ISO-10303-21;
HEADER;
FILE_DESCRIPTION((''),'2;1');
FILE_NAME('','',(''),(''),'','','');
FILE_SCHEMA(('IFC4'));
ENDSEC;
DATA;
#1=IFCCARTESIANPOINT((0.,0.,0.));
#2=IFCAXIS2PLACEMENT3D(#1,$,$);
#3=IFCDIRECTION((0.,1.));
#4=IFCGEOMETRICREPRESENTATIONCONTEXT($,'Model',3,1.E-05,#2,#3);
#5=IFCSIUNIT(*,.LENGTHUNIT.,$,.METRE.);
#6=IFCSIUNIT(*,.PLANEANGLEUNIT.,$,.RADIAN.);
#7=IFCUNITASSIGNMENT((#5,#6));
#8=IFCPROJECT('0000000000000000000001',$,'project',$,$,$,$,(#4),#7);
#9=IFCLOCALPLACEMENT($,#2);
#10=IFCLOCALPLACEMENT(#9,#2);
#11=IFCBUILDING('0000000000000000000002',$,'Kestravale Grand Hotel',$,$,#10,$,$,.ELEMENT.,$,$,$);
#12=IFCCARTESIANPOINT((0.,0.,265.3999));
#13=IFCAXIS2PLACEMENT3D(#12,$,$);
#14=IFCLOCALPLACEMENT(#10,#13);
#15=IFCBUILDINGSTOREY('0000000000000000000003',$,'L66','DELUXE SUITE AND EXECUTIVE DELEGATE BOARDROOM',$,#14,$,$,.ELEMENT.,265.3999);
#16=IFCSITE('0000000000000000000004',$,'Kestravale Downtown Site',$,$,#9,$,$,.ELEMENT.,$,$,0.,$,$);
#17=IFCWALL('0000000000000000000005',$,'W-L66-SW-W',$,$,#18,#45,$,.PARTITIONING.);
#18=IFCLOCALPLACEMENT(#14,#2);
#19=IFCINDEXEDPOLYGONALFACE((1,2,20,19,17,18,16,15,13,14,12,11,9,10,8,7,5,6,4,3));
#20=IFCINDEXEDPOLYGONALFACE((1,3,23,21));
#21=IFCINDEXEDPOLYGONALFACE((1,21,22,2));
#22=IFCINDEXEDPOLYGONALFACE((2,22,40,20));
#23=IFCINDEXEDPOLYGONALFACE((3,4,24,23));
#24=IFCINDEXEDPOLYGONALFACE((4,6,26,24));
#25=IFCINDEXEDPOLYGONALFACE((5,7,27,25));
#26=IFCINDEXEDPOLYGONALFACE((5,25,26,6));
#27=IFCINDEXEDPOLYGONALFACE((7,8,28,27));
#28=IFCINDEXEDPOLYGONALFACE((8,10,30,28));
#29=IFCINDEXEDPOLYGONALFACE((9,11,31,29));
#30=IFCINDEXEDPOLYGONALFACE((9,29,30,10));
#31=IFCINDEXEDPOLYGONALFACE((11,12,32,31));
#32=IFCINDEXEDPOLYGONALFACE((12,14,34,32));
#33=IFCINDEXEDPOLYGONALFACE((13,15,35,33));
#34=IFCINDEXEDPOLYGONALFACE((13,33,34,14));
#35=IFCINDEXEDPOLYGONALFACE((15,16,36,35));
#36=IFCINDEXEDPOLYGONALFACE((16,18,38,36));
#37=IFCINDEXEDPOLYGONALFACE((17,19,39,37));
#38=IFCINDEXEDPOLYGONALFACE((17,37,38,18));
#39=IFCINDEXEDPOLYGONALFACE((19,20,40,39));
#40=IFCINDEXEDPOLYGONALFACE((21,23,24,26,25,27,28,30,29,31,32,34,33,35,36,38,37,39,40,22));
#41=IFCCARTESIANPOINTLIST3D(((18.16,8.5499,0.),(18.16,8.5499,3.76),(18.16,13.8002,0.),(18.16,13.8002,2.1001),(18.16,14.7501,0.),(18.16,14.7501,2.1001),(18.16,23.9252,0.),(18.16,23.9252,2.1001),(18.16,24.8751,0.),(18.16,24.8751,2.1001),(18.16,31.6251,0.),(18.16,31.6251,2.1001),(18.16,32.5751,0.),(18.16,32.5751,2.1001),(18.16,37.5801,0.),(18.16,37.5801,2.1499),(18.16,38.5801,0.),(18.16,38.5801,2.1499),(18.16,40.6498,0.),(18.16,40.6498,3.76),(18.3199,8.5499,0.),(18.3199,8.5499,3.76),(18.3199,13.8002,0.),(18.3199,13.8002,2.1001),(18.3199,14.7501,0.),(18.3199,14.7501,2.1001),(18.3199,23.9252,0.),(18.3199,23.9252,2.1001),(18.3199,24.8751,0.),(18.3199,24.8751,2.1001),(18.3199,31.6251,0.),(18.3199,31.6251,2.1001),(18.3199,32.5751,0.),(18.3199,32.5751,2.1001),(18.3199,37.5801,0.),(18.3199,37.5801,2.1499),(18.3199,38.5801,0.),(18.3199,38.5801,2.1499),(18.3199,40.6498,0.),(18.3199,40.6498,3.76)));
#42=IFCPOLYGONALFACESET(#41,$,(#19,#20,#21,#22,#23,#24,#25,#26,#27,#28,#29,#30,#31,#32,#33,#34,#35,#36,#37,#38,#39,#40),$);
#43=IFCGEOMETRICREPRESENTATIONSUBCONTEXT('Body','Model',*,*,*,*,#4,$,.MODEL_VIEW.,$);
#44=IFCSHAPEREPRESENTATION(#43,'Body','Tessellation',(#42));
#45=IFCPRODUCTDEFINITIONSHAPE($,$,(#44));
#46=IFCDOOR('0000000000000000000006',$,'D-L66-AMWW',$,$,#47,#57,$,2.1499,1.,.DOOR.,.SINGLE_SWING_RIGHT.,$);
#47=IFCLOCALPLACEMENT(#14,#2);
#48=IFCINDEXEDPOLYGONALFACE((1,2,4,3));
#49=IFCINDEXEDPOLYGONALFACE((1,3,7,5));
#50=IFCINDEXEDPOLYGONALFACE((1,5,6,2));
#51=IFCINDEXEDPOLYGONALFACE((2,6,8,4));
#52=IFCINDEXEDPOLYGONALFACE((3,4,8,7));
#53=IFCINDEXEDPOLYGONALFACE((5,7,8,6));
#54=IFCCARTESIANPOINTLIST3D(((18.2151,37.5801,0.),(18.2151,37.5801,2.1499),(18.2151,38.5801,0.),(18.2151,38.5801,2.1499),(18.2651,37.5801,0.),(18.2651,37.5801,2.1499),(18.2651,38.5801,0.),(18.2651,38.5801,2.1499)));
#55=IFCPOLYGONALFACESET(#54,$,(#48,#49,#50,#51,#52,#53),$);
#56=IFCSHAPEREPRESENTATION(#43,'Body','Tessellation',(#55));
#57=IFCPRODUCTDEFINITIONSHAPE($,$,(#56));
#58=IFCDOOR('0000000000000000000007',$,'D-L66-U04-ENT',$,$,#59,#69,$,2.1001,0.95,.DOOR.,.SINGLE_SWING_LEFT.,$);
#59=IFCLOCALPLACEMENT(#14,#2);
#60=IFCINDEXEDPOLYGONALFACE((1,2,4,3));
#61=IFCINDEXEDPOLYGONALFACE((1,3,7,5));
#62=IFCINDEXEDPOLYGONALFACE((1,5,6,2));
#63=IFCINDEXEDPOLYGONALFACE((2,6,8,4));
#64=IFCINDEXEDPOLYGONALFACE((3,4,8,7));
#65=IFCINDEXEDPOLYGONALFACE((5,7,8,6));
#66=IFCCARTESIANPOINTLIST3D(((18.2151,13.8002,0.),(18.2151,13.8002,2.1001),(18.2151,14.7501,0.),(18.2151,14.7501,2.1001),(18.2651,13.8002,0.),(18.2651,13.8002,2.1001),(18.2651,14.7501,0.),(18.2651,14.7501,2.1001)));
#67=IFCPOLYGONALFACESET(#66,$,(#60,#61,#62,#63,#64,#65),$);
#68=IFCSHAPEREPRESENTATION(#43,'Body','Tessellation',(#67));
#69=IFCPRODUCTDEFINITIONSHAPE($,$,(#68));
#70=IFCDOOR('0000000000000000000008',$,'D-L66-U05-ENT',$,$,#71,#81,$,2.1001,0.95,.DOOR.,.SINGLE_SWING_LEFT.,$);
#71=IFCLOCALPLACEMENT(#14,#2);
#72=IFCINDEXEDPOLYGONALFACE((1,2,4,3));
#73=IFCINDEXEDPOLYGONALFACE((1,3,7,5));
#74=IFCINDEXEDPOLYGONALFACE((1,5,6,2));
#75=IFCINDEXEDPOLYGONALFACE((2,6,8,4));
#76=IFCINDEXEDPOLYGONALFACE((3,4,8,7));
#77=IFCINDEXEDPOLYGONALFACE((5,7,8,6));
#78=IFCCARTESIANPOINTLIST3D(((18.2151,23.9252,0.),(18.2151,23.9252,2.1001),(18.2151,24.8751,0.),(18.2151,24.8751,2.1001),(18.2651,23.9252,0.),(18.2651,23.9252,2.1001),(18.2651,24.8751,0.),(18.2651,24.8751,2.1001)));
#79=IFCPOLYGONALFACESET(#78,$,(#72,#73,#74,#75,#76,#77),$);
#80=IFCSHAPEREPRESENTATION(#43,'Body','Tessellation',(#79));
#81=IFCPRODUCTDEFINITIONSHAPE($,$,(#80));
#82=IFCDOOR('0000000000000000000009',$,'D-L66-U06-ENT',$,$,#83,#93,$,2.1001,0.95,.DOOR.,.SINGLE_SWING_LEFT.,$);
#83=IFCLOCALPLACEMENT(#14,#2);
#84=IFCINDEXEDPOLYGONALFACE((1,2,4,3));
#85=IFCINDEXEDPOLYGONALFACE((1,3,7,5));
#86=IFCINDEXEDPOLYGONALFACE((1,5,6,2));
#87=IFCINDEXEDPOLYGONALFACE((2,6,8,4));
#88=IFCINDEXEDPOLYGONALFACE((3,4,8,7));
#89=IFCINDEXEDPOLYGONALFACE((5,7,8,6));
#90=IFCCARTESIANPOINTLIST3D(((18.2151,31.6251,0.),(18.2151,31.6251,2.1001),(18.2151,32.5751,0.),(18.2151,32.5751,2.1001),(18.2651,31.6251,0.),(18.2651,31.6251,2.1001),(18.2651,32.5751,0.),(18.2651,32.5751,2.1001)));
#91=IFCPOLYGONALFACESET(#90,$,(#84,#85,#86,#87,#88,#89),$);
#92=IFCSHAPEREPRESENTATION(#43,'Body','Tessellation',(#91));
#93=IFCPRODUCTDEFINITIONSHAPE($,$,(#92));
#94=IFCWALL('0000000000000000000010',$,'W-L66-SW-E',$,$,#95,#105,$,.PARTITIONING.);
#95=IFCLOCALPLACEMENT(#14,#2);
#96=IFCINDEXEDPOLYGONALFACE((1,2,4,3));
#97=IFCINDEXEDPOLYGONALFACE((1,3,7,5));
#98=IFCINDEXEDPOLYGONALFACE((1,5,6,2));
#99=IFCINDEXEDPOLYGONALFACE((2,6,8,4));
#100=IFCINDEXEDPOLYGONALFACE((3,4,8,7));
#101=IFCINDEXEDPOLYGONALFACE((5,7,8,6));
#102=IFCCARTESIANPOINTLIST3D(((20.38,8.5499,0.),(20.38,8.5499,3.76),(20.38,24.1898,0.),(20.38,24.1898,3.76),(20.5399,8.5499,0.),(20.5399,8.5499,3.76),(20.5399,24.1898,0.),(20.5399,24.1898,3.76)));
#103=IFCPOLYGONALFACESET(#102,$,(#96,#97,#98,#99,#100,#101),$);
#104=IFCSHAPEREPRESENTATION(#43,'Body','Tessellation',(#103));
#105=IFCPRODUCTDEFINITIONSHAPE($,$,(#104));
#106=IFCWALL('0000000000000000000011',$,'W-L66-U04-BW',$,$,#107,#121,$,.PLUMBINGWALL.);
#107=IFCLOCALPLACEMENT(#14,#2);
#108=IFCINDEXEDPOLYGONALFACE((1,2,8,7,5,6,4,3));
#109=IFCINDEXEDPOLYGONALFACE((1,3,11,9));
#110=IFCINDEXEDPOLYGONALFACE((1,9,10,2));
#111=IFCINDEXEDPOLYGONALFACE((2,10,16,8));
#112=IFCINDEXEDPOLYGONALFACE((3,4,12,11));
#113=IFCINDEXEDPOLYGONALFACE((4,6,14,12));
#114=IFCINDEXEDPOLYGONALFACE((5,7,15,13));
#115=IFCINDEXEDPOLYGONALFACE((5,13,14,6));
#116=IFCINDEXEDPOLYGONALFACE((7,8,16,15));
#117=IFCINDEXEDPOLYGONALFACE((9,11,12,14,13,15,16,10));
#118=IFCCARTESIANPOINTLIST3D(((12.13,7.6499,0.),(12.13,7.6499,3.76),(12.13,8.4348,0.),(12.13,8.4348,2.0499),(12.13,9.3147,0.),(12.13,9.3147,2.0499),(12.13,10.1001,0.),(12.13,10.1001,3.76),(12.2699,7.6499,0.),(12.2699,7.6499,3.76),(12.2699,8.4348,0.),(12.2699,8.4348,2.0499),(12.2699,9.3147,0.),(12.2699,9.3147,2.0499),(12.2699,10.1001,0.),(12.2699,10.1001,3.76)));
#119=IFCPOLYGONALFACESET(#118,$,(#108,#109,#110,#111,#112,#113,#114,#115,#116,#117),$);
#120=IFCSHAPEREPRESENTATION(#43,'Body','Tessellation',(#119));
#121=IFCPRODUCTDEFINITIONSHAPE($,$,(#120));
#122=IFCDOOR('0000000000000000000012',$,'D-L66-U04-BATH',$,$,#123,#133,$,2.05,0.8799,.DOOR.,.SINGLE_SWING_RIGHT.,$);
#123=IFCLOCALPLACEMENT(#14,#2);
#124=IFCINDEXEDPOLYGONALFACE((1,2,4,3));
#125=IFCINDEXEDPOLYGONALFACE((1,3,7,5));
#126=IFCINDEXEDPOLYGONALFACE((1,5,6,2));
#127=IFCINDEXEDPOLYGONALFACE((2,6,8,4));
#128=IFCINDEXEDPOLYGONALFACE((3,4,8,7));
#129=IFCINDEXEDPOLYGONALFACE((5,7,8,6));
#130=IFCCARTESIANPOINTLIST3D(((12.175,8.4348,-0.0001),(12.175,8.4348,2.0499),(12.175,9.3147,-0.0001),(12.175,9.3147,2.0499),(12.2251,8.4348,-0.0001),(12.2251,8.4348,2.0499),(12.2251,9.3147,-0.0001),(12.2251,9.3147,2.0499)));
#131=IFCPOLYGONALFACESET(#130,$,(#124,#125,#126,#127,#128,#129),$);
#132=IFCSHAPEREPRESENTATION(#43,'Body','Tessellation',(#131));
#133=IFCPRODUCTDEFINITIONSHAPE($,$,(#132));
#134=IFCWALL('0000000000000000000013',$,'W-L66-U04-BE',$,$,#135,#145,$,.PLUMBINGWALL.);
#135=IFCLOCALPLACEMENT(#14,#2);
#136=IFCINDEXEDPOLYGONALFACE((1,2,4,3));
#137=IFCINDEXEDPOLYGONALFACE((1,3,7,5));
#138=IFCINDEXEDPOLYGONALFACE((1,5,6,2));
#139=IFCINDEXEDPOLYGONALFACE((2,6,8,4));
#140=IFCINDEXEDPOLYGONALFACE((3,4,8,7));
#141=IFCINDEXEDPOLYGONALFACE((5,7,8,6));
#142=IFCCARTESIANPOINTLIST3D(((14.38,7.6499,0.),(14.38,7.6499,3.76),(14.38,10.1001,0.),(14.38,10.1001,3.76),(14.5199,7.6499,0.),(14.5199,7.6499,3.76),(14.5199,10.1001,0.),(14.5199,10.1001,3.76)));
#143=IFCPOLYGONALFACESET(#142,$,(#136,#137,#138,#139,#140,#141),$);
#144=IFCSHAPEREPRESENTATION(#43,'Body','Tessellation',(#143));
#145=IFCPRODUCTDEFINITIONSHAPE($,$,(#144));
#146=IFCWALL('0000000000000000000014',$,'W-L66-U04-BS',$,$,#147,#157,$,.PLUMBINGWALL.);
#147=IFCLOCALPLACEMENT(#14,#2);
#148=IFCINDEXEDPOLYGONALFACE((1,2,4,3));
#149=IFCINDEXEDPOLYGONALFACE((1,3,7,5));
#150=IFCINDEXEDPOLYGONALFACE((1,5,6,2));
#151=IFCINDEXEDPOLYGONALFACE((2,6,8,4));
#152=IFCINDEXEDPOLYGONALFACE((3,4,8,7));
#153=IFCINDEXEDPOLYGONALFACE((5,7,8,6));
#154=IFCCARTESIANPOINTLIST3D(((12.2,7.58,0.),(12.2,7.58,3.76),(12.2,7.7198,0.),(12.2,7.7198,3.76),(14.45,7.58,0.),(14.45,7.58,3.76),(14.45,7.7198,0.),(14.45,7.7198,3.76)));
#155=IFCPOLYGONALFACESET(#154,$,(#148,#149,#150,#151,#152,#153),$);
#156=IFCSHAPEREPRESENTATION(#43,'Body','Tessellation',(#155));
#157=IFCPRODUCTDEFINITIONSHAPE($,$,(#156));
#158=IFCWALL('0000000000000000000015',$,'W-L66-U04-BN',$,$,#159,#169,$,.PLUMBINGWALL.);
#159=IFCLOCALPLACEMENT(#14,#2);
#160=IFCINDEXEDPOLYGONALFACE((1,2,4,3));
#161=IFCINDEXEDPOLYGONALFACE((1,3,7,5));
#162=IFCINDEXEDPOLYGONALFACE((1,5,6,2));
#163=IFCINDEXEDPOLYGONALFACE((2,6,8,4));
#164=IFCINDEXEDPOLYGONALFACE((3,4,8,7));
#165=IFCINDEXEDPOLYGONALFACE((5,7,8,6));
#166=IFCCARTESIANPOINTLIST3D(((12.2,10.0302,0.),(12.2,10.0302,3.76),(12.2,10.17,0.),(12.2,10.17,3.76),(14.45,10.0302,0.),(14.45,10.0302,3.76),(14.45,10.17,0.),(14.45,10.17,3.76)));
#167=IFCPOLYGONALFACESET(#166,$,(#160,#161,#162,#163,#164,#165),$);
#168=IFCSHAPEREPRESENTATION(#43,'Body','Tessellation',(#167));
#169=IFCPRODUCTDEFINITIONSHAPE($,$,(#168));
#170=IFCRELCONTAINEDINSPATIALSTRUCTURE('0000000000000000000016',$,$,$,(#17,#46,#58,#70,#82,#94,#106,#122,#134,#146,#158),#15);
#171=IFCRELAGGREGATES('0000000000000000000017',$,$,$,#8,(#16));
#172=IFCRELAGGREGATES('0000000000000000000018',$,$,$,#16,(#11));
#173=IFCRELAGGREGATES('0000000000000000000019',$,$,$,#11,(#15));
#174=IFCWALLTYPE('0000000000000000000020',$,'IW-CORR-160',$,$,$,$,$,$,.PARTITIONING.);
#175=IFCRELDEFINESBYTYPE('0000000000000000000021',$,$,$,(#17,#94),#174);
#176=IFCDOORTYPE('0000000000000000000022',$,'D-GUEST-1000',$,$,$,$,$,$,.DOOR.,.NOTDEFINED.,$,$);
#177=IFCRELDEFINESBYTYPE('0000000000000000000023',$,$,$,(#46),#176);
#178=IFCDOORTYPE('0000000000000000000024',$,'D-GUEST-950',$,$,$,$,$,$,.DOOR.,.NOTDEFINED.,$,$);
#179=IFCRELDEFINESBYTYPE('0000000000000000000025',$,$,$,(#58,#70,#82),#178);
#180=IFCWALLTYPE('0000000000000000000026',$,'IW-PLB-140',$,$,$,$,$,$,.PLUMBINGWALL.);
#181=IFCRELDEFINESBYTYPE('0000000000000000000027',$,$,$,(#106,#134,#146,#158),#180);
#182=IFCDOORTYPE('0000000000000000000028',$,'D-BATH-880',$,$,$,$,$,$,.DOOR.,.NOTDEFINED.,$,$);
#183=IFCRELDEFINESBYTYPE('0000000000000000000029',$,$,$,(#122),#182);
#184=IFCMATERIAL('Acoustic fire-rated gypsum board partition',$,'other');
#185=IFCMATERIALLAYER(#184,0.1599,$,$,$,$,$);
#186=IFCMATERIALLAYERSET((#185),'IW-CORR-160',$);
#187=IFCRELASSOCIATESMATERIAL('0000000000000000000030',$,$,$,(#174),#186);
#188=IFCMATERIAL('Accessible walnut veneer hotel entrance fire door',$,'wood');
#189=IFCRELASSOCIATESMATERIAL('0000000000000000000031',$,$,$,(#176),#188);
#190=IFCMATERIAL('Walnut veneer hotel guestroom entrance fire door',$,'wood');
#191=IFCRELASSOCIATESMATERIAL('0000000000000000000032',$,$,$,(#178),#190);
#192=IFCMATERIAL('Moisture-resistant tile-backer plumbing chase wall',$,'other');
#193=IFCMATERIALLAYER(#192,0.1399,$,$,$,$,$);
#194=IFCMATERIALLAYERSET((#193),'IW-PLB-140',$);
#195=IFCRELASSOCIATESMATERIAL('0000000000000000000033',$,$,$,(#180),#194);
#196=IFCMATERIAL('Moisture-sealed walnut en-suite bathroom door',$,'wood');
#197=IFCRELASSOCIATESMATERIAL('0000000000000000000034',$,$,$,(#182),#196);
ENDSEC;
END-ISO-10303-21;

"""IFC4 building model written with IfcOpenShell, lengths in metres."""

from ifc_helpers import new_model, si_unit, direction, frame, frame_2d, origin, place, context, subcontext, project, spatial, rectangle, extrude, material, layer, layer_set, type_object, element, fill, save


model = new_model("IFC4")

# Units and contexts
model_context = context("Model", 3, precision=1e-05, world=origin(), true_north=direction((0.0, 1.0)))
body_context = subcontext(model_context, "Body", "Model", "MODEL_VIEW")
ifc_project = project(units=[si_unit("LENGTHUNIT", "METRE"), si_unit("PLANEANGLEUNIT", "RADIAN")], contexts=[model_context])

# Site, building, storey
site_placement = place(None, origin())
site = spatial("IfcSite", under=ifc_project, at=site_placement, Name="Kestravale Downtown Site", CompositionType="ELEMENT", RefElevation=0.0)
building_placement = place(site_placement, origin())
building = spatial("IfcBuilding", under=site, at=building_placement, Name="Kestravale Grand Hotel", CompositionType="ELEMENT")
storey_placement = place(building_placement, frame((0.0, 0.0, 265.3999)))
storey = spatial("IfcBuildingStorey", under=building, at=storey_placement, Name="L66", Description="DELUXE SUITE AND EXECUTIVE DELEGATE BOARDROOM", CompositionType="ELEMENT", Elevation=265.3999)

# Wall, openings, doors
ifc_material_1 = material(Name="Acoustic fire-rated gypsum board partition", Category="other")
ifc_layer_1 = layer(ifc_material_1, 0.1599)
ifc_layer_set_1 = layer_set([ifc_layer_1], Name="IW-CORR-160")
wall_type_1 = type_object("IfcWallType", Name="IW-CORR-160", PredefinedType="PARTITIONING", material=ifc_layer_set_1)
wall_1_placement = place(storey_placement, frame((18.24, 8.55, 0.0), z_axis=(0.0, 0.0, 1.0), x_axis=(0.0, 1.0, 0.0)))
wall_1 = element("IfcWall", 1, at=wall_1_placement, inside=storey, type_object=wall_type_1, Name="W-L66-SW-W", PredefinedType="PARTITIONING", context=body_context, shape_type="SweptSolid", body=[
    extrude(rectangle(XDim=32.0999, YDim=0.1599, at=frame_2d((16.0498, 0.0))), origin(), (0.0, 0.0, 1.0), 3.76),
])
opening_1_placement = place(wall_1_placement, frame((5.25, 0.0, 0.0)))
opening_1 = element("IfcOpeningElement", 2, at=opening_1_placement, cuts=wall_1, PredefinedType="OPENING", context=body_context, shape_type="SweptSolid", body=[
    extrude(rectangle(XDim=0.95, YDim=2.1001, at=frame_2d((0.4751, 1.05))), frame((0.0, 0.0898, 0.0), z_axis=(0.0, -1.0, 0.0), x_axis=(1.0, 0.0, 0.0)), (0.0, 0.0, 1.0), 0.1799),
])
opening_2_placement = place(wall_1_placement, frame((15.375, 0.0, 0.0)))
opening_2 = element("IfcOpeningElement", 3, at=opening_2_placement, cuts=wall_1, PredefinedType="OPENING", context=body_context, shape_type="SweptSolid", body=[
    extrude(rectangle(XDim=0.95, YDim=2.1001, at=frame_2d((0.4751, 1.05))), frame((0.0, 0.0898, 0.0), z_axis=(0.0, -1.0, 0.0), x_axis=(1.0, 0.0, 0.0)), (0.0, 0.0, 1.0), 0.1799),
])
opening_3_placement = place(wall_1_placement, frame((23.075, 0.0, 0.0)))
opening_3 = element("IfcOpeningElement", 4, at=opening_3_placement, cuts=wall_1, PredefinedType="OPENING", context=body_context, shape_type="SweptSolid", body=[
    extrude(rectangle(XDim=0.95, YDim=2.1001, at=frame_2d((0.4751, 1.05))), frame((0.0, 0.0898, 0.0), z_axis=(0.0, -1.0, 0.0), x_axis=(1.0, 0.0, 0.0)), (0.0, 0.0, 1.0), 0.1799),
])
opening_4_placement = place(wall_1_placement, frame((29.03, 0.0, 0.0)))
opening_4 = element("IfcOpeningElement", 5, at=opening_4_placement, cuts=wall_1, PredefinedType="OPENING", context=body_context, shape_type="SweptSolid", body=[
    extrude(rectangle(XDim=1.0, YDim=2.1499, at=frame_2d((0.5, 1.075))), frame((0.0, 0.0898, 0.0), z_axis=(0.0, -1.0, 0.0), x_axis=(1.0, 0.0, 0.0)), (0.0, 0.0, 1.0), 0.1799),
])
ifc_material_2 = material(Name="Accessible walnut veneer hotel entrance fire door", Category="wood")
door_type_1 = type_object("IfcDoorType", Name="D-GUEST-1000", OperationType="NOTDEFINED", PredefinedType="DOOR", material=ifc_material_2)
door_1_placement = place(opening_4_placement, origin())
door_1 = element("IfcDoor", 6, at=door_1_placement, inside=storey, type_object=door_type_1, Name="D-L66-AMWW", OperationType="SINGLE_SWING_RIGHT", OverallHeight=2.1499, OverallWidth=1.0, PredefinedType="DOOR", context=body_context, shape_type="SweptSolid", body=[
    extrude(rectangle(XDim=1.0, YDim=2.1499, at=frame_2d((0.5, 1.075))), frame((0.0, 0.0249, 0.0), z_axis=(0.0, -1.0, 0.0), x_axis=(1.0, 0.0, 0.0)), (0.0, 0.0, 1.0), 0.05),
])
fill(opening_4, door_1)
ifc_material_3 = material(Name="Walnut veneer hotel guestroom entrance fire door", Category="wood")
door_type_2 = type_object("IfcDoorType", Name="D-GUEST-950", OperationType="NOTDEFINED", PredefinedType="DOOR", material=ifc_material_3)
door_2_placement = place(opening_1_placement, origin())
door_2 = element("IfcDoor", 7, at=door_2_placement, inside=storey, type_object=door_type_2, Name="D-L66-U04-ENT", OperationType="SINGLE_SWING_LEFT", OverallHeight=2.1001, OverallWidth=0.95, PredefinedType="DOOR", context=body_context, shape_type="SweptSolid", body=[
    extrude(rectangle(XDim=0.95, YDim=2.1001, at=frame_2d((0.4751, 1.05))), frame((0.0, 0.0249, 0.0), z_axis=(0.0, -1.0, 0.0), x_axis=(1.0, 0.0, 0.0)), (0.0, 0.0, 1.0), 0.05),
])
fill(opening_1, door_2)
door_3_placement = place(opening_2_placement, origin())
door_3 = element("IfcDoor", 8, at=door_3_placement, inside=storey, type_object=door_type_2, Name="D-L66-U05-ENT", OperationType="SINGLE_SWING_LEFT", OverallHeight=2.1001, OverallWidth=0.95, PredefinedType="DOOR", context=body_context, shape_type="SweptSolid", body=[
    extrude(rectangle(XDim=0.95, YDim=2.1001, at=frame_2d((0.4751, 1.05))), frame((0.0, 0.0249, 0.0), z_axis=(0.0, -1.0, 0.0), x_axis=(1.0, 0.0, 0.0)), (0.0, 0.0, 1.0), 0.05),
])
fill(opening_2, door_3)
door_4_placement = place(opening_3_placement, origin())
door_4 = element("IfcDoor", 9, at=door_4_placement, inside=storey, type_object=door_type_2, Name="D-L66-U06-ENT", OperationType="SINGLE_SWING_LEFT", OverallHeight=2.1001, OverallWidth=0.95, PredefinedType="DOOR", context=body_context, shape_type="SweptSolid", body=[
    extrude(rectangle(XDim=0.95, YDim=2.1001, at=frame_2d((0.4751, 1.05))), frame((0.0, 0.0249, 0.0), z_axis=(0.0, -1.0, 0.0), x_axis=(1.0, 0.0, 0.0)), (0.0, 0.0, 1.0), 0.05),
])
fill(opening_3, door_4)

# Wall
wall_2_placement = place(storey_placement, frame((20.46, 8.55, 0.0), z_axis=(0.0, 0.0, 1.0), x_axis=(0.0, 1.0, 0.0)))
element("IfcWall", 10, at=wall_2_placement, inside=storey, type_object=wall_type_1, Name="W-L66-SW-E", PredefinedType="PARTITIONING", context=body_context, shape_type="SweptSolid", body=[
    extrude(rectangle(XDim=15.6399, YDim=0.1599, at=frame_2d((7.8198, 0.0))), origin(), (0.0, 0.0, 1.0), 3.76),
])

# Wall, opening, door
ifc_material_4 = material(Name="Moisture-resistant tile-backer plumbing chase wall", Category="other")
ifc_layer_2 = layer(ifc_material_4, 0.1399)
ifc_layer_set_2 = layer_set([ifc_layer_2], Name="IW-PLB-140")
wall_type_2 = type_object("IfcWallType", Name="IW-PLB-140", PredefinedType="PLUMBINGWALL", material=ifc_layer_set_2)
wall_3_placement = place(storey_placement, frame((12.2, 7.6499, 0.0), z_axis=(0.0, 0.0, 1.0), x_axis=(0.0, 1.0, 0.0)))
wall_3 = element("IfcWall", 11, at=wall_3_placement, inside=storey, type_object=wall_type_2, Name="W-L66-U04-BW", PredefinedType="PLUMBINGWALL", context=body_context, shape_type="SweptSolid", body=[
    extrude(rectangle(XDim=2.4502, YDim=0.1399, at=frame_2d((1.2251, 0.0))), origin(), (0.0, 0.0, 1.0), 3.76),
])
opening_5_placement = place(wall_3_placement, frame((0.7849, 0.0, 0.0)))
opening_5 = element("IfcOpeningElement", 12, at=opening_5_placement, cuts=wall_3, PredefinedType="OPENING", context=body_context, shape_type="SweptSolid", body=[
    extrude(rectangle(XDim=0.8799, YDim=2.05, at=frame_2d((0.4399, 1.0249))), frame((0.0, 0.0798, 0.0), z_axis=(0.0, -1.0, 0.0), x_axis=(1.0, 0.0, 0.0)), (0.0, 0.0, 1.0), 0.1599),
])
ifc_material_5 = material(Name="Moisture-sealed walnut en-suite bathroom door", Category="wood")
door_type_3 = type_object("IfcDoorType", Name="D-BATH-880", OperationType="NOTDEFINED", PredefinedType="DOOR", material=ifc_material_5)
door_5_placement = place(opening_5_placement, origin())
door_5 = element("IfcDoor", 13, at=door_5_placement, inside=storey, type_object=door_type_3, Name="D-L66-U04-BATH", OperationType="SINGLE_SWING_RIGHT", OverallHeight=2.05, OverallWidth=0.8799, PredefinedType="DOOR", context=body_context, shape_type="SweptSolid", body=[
    extrude(rectangle(XDim=0.8799, YDim=2.05, at=frame_2d((0.4399, 1.0249))), frame((0.0, 0.0249, 0.0), z_axis=(0.0, -1.0, 0.0), x_axis=(1.0, 0.0, 0.0)), (0.0, 0.0, 1.0), 0.05),
])
fill(opening_5, door_5)

# Walls
wall_4_placement = place(storey_placement, frame((14.45, 7.6499, 0.0), z_axis=(0.0, 0.0, 1.0), x_axis=(0.0, 1.0, 0.0)))
element("IfcWall", 14, at=wall_4_placement, inside=storey, type_object=wall_type_2, Name="W-L66-U04-BE", PredefinedType="PLUMBINGWALL", context=body_context, shape_type="SweptSolid", body=[
    extrude(rectangle(XDim=2.4502, YDim=0.1399, at=frame_2d((1.2251, 0.0))), origin(), (0.0, 0.0, 1.0), 3.76),
])
for number, where, z_axis, x_axis, name in (
    (15, (12.2, 7.6499, 0.0), (0.0, 0.0, 1.0), (1.0, 0.0, 0.0), "W-L66-U04-BS"),
    (16, (12.2, 10.1001, 0.0), (0.0, 0.0, 1.0), (1.0, 0.0, 0.0), "W-L66-U04-BN"),
):
    element("IfcWall", number, at=place(storey_placement, frame(where, z_axis=z_axis, x_axis=x_axis)), inside=storey, type_object=wall_type_2, Name=name, PredefinedType="PLUMBINGWALL", context=body_context, shape_type="SweptSolid", body=[
        extrude(rectangle(XDim=2.25, YDim=0.1399, at=frame_2d((1.125, 0.0))), origin(), (0.0, 0.0, 1.0), 3.76),
    ])

save(model, "model.ifc")
